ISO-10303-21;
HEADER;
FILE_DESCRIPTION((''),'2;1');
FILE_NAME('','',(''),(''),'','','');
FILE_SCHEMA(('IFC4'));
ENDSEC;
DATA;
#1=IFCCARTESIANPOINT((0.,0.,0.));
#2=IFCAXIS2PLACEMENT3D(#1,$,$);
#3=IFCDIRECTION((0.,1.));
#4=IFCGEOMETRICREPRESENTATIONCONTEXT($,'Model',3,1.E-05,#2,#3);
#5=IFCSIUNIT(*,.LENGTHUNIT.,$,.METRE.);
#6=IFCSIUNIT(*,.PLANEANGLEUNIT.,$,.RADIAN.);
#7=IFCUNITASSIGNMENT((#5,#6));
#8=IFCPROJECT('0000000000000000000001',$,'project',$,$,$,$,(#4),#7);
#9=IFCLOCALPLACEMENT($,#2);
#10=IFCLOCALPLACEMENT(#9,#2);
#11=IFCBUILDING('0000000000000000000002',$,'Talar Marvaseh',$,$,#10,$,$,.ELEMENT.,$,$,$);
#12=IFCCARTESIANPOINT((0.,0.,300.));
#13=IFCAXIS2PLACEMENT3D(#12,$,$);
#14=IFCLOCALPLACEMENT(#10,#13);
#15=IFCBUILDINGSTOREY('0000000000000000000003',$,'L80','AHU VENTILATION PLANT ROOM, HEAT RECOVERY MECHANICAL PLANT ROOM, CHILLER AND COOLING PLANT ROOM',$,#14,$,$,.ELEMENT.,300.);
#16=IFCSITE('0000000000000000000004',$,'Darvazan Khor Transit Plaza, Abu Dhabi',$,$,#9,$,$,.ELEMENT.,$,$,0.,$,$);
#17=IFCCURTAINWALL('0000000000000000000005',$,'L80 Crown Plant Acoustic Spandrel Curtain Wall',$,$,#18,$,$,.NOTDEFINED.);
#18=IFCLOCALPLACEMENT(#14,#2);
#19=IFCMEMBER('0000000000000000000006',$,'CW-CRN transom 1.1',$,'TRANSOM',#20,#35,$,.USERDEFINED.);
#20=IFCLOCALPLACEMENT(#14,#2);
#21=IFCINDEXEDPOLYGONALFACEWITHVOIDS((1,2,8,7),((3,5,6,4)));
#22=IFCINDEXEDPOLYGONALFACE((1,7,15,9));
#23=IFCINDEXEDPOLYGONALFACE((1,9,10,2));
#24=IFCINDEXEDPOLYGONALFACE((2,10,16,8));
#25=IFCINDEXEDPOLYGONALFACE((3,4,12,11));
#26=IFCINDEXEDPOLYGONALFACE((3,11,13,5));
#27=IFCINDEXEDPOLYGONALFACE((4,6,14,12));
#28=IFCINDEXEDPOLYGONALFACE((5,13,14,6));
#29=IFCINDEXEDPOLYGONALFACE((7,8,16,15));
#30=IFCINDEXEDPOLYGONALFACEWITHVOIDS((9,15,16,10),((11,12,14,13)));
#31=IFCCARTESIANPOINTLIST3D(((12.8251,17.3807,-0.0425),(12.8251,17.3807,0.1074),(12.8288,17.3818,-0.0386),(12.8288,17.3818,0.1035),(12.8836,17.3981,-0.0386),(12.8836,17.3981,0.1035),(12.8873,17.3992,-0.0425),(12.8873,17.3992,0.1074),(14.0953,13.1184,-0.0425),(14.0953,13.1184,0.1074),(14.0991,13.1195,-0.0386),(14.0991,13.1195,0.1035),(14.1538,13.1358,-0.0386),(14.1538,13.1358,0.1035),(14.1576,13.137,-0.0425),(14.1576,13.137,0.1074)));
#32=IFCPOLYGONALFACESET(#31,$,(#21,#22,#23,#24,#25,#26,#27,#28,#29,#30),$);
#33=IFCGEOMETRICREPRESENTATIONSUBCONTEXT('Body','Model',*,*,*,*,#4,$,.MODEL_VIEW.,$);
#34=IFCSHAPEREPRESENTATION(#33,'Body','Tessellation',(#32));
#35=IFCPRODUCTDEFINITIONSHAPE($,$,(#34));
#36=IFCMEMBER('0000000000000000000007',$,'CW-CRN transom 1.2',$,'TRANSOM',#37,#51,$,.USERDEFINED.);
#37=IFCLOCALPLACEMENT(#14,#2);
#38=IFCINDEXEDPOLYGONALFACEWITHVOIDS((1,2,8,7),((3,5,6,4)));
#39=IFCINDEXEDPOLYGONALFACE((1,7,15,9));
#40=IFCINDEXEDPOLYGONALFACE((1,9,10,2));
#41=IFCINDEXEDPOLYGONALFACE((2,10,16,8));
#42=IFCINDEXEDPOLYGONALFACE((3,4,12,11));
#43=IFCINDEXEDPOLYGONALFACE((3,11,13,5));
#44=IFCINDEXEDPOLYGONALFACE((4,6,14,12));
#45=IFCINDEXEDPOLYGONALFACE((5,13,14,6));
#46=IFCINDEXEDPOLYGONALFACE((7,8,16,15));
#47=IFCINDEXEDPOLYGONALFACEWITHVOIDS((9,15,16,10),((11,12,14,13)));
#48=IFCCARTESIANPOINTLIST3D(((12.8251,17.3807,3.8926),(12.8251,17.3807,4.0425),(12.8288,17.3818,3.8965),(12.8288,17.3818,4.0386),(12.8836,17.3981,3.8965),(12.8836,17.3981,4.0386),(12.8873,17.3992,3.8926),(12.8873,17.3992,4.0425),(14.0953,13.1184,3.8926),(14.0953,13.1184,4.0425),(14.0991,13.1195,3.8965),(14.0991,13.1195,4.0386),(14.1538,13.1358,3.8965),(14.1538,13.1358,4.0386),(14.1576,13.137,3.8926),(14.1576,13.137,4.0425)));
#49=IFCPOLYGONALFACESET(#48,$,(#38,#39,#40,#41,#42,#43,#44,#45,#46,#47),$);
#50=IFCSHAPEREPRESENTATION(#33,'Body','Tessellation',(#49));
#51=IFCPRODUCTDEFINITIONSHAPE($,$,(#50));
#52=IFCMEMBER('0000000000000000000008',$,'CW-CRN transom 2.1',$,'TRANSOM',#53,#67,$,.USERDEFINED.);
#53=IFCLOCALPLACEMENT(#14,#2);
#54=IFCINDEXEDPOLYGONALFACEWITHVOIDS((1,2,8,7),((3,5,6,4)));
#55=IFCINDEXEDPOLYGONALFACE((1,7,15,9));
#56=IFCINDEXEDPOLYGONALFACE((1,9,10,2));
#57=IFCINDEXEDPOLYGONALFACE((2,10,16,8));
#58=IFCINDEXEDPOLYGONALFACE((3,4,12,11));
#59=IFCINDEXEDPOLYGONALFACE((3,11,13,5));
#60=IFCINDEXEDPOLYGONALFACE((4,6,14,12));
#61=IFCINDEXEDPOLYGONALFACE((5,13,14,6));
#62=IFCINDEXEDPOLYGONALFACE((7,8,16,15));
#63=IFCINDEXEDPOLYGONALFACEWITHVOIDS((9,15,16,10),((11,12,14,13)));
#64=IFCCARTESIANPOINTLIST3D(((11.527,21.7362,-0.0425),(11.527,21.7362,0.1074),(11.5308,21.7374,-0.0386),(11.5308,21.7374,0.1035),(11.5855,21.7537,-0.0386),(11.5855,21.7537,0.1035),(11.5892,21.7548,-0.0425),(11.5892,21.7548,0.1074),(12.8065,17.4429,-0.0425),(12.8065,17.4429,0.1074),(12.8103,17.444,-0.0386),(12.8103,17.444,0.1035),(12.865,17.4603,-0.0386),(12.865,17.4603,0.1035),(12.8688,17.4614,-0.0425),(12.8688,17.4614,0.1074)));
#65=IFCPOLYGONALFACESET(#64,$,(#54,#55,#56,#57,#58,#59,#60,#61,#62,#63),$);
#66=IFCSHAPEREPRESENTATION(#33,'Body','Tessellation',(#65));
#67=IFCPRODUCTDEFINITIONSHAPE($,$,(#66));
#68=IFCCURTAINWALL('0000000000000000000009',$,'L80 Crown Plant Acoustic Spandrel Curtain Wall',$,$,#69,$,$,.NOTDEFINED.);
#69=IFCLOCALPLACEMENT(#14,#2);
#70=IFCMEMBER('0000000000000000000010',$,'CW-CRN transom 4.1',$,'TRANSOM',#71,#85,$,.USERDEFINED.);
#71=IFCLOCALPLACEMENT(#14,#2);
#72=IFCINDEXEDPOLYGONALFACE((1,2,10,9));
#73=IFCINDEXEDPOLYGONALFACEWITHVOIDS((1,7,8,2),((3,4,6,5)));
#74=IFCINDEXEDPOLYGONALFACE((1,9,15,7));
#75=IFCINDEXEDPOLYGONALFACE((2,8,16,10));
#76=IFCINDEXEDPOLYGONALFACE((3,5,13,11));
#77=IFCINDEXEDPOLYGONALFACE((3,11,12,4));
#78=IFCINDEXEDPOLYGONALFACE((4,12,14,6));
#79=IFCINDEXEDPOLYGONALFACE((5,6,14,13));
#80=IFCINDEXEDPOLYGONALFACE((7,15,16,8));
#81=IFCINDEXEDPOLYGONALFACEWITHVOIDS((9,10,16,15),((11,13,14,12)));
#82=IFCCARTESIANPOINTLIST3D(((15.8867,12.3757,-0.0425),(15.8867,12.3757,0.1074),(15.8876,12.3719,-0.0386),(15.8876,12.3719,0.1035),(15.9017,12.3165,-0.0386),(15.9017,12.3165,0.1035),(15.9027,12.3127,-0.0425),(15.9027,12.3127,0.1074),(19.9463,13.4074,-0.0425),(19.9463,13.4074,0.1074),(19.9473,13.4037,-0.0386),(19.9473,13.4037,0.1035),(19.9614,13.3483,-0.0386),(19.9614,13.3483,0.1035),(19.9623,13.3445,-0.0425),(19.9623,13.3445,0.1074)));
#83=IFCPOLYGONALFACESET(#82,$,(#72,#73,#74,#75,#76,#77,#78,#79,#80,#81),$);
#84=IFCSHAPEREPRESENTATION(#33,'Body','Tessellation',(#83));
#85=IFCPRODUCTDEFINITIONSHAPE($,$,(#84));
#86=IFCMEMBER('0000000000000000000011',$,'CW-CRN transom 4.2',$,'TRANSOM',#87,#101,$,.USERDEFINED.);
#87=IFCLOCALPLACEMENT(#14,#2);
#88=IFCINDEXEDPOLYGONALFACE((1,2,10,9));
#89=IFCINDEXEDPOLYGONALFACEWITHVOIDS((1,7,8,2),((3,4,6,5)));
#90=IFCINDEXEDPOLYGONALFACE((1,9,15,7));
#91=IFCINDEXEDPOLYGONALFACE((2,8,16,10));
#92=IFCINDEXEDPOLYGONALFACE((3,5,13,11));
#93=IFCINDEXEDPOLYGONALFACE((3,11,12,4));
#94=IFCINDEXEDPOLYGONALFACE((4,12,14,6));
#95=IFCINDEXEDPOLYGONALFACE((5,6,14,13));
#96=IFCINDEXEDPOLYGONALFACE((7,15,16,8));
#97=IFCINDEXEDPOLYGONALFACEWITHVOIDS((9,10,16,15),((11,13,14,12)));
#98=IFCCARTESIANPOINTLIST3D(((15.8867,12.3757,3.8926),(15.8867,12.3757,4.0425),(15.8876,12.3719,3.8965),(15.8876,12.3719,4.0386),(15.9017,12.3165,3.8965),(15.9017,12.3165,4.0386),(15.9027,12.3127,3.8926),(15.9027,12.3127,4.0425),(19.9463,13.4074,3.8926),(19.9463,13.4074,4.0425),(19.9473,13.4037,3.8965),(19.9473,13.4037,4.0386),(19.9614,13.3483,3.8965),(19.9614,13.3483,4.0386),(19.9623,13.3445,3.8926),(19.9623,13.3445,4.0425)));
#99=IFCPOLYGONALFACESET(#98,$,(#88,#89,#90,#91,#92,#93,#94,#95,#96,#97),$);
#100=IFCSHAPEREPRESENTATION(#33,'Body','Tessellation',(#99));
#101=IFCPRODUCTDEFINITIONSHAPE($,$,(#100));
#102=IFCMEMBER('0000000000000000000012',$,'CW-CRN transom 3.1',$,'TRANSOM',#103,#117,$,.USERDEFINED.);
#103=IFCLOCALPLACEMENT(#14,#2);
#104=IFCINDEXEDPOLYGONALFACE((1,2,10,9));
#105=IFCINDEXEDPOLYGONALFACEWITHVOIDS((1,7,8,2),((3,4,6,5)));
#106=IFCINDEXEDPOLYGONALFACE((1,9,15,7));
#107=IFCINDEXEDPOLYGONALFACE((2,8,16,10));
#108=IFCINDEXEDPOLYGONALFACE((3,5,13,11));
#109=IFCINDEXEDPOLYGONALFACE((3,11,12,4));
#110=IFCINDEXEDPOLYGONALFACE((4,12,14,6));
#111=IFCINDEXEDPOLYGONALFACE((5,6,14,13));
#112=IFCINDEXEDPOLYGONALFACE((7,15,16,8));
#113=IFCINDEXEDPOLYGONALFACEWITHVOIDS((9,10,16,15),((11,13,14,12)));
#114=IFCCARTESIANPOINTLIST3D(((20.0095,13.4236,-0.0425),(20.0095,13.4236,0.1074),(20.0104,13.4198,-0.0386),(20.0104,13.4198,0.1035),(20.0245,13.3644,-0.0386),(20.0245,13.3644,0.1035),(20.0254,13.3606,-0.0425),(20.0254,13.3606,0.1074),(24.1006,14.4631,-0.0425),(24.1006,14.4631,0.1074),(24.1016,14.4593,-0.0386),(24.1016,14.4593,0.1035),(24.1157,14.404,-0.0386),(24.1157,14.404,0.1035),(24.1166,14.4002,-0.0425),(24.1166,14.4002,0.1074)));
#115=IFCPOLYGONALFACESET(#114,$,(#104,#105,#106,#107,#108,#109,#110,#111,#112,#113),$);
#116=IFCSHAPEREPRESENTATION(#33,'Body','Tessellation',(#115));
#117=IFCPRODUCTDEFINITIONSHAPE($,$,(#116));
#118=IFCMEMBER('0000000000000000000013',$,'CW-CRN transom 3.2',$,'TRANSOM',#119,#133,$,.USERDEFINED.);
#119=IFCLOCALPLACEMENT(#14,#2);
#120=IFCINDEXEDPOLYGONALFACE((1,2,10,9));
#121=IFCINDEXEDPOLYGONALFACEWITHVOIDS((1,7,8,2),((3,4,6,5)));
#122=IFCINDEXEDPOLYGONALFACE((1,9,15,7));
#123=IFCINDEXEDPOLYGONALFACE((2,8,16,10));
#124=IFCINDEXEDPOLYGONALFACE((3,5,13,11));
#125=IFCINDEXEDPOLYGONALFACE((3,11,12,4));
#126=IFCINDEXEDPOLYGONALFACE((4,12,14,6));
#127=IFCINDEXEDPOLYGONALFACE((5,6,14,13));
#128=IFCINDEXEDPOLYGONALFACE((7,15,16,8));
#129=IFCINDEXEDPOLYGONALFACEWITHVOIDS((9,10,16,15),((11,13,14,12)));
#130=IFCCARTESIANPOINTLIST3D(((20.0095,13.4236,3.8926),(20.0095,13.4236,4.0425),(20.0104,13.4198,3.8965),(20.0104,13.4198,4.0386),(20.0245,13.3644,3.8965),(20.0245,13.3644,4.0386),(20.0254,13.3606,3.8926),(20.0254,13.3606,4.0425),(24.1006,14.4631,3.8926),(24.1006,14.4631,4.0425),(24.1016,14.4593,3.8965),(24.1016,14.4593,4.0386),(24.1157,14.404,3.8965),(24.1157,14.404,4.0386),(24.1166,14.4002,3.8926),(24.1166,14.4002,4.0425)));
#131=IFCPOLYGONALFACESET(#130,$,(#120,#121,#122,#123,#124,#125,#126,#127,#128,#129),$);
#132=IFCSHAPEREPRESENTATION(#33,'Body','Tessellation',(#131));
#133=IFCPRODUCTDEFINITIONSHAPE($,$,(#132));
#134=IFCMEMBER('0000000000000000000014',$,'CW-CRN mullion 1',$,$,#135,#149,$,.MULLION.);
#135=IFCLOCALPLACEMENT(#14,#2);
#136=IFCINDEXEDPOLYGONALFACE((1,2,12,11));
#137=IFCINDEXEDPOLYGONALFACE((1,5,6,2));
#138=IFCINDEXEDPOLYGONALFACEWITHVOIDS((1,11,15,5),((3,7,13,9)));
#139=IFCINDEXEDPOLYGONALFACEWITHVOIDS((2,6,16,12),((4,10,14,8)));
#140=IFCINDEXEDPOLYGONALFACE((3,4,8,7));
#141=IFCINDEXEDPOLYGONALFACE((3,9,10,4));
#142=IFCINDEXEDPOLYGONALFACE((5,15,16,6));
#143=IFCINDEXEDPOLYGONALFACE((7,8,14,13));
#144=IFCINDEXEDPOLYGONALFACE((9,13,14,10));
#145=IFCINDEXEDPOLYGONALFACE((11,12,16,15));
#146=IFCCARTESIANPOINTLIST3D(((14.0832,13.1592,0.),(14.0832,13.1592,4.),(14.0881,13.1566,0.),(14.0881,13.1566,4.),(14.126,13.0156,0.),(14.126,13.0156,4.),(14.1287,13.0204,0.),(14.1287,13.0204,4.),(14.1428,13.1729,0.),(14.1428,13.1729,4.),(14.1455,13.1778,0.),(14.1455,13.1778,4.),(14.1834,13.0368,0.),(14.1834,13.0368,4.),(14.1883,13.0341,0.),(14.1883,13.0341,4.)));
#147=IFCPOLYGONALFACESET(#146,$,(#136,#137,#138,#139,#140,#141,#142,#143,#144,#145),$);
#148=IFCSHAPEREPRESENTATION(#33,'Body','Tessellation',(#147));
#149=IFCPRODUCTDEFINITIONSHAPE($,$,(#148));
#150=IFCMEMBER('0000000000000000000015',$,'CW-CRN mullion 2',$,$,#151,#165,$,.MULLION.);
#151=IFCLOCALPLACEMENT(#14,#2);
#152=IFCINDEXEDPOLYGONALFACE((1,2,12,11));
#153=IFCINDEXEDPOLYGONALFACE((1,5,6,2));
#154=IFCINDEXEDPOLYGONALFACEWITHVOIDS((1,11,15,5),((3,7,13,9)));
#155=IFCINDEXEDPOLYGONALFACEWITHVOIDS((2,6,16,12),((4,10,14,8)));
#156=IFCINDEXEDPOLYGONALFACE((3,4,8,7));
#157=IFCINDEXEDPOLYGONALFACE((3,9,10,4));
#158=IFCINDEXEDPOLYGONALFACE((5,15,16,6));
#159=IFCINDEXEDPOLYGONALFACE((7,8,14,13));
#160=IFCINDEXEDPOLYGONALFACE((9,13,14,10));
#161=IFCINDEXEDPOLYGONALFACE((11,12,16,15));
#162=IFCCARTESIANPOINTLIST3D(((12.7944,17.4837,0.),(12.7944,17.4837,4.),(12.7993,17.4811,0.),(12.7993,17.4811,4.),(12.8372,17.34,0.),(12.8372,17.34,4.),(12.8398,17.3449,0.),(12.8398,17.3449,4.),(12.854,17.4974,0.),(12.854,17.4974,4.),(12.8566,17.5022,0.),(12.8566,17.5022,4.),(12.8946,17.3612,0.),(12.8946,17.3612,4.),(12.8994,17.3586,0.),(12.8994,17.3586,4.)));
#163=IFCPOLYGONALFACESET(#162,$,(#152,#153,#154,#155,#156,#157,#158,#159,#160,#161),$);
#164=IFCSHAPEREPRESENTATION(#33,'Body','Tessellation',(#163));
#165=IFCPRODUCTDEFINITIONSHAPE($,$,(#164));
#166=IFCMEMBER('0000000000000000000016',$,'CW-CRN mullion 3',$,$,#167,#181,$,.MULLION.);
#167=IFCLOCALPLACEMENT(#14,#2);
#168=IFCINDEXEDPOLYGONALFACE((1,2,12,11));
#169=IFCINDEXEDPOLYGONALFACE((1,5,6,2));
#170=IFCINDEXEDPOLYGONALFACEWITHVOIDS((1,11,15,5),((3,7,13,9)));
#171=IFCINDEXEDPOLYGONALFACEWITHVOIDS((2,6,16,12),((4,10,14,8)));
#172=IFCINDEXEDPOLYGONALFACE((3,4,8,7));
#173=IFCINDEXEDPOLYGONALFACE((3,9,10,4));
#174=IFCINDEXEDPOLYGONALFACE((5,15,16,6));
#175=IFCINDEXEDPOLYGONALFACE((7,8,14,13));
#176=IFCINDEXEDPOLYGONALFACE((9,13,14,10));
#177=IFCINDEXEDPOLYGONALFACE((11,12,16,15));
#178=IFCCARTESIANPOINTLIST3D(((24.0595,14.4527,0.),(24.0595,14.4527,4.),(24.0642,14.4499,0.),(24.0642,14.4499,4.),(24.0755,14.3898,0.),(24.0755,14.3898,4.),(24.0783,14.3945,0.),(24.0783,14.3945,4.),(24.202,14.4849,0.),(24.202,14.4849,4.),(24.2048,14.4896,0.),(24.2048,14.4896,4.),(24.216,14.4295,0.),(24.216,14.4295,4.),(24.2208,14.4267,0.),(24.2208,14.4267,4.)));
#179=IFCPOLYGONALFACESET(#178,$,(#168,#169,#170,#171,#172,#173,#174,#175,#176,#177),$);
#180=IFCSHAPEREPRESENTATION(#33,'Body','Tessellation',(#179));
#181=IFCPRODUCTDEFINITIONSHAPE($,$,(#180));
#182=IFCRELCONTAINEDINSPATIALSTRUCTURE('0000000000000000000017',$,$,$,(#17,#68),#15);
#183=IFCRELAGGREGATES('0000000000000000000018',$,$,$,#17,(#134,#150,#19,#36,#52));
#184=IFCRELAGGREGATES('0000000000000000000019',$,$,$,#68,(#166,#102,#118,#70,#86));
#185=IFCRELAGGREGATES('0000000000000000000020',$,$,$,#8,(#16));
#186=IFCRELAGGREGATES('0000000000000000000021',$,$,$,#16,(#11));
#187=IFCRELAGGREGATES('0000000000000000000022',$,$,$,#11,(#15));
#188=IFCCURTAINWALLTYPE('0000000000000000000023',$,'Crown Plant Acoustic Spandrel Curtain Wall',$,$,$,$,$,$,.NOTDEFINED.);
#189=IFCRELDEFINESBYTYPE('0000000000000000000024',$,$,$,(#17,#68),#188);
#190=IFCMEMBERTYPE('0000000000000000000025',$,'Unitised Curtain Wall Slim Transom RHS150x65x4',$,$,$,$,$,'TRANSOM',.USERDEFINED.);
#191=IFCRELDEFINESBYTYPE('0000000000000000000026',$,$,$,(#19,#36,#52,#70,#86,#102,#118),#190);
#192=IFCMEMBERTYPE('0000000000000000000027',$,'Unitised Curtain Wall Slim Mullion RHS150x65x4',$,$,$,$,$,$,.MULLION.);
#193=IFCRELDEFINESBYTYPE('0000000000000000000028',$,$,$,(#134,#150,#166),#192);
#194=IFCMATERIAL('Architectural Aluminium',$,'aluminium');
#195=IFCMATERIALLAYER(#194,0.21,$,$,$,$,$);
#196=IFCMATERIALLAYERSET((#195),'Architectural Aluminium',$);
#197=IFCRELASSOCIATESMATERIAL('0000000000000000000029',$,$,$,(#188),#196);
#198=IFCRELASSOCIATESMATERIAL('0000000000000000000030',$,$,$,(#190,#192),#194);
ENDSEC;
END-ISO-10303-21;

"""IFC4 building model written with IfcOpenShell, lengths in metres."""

from ifc_helpers import new_model, si_unit, direction, frame, origin, origin_2d, place, context, subcontext, project, spatial, hollow_rectangle, extrude, source, transform, mapped, material, layer, layer_set, material_profile, profile_set, type_object, type_shapes, element, aggregate, save


model = new_model("IFC4")

# Units and contexts
model_context = context("Model", 3, precision=1e-05, world=origin(), true_north=direction((0.0, 1.0)))
body_context = subcontext(model_context, "Body", "Model", "MODEL_VIEW")
ifc_project = project(units=[si_unit("LENGTHUNIT", "METRE"), si_unit("PLANEANGLEUNIT", "RADIAN")], contexts=[model_context])

# Site, building, storey
site_placement = place(None, origin())
site = spatial("IfcSite", under=ifc_project, at=site_placement, Name="Darvazan Khor Transit Plaza, Abu Dhabi", CompositionType="ELEMENT", RefElevation=0.0)
building_placement = place(site_placement, origin())
building = spatial("IfcBuilding", under=site, at=building_placement, Name="Talar Marvaseh", CompositionType="ELEMENT")
storey_placement = place(building_placement, frame((0.0, 0.0, 300.0)))
storey = spatial("IfcBuildingStorey", under=building, at=storey_placement, Name="L80", Description="AHU VENTILATION PLANT ROOM, HEAT RECOVERY MECHANICAL PLANT ROOM, CHILLER AND COOLING PLANT ROOM", CompositionType="ELEMENT", Elevation=300.0)

# Curtain walls, members
ifc_material_1 = material(Name="Architectural Aluminium", Category="aluminium")
ifc_layer_1 = layer(ifc_material_1, 0.21)
ifc_layer_set_1 = layer_set([ifc_layer_1], Name="Architectural Aluminium")
curtain_wall_type = type_object("IfcCurtainWallType", Name="Crown Plant Acoustic Spandrel Curtain Wall", PredefinedType="NOTDEFINED", material=ifc_layer_set_1)
curtain_wall_1_placement = place(storey_placement, origin())
curtain_wall_1 = element("IfcCurtainWall", 1, at=curtain_wall_1_placement, inside=storey, type_object=curtain_wall_type, Name="L80 Crown Plant Acoustic Spandrel Curtain Wall", PredefinedType="NOTDEFINED")
ifc_material_profile_1 = material_profile(ifc_material_1, hollow_rectangle(XDim=0.0649, YDim=0.1499, WallThickness=0.0039, at=origin_2d()), Name="RHS150x65x4")
ifc_profile_set_1 = profile_set([ifc_material_profile_1], Name="Architectural Aluminium")
member_type_1 = type_object("IfcMemberType", Name="Unitised Curtain Wall Slim Transom RHS150x65x4", ElementType="TRANSOM", PredefinedType="USERDEFINED", material=ifc_profile_set_1)
shared_shape_1 = source(origin(), body_context, "Body", "SweptSolid", [
    extrude(hollow_rectangle(XDim=0.0649, YDim=0.1499, WallThickness=0.0039, at=origin_2d()), origin(), (0.0, 0.0, 1.0), 4.4475),
])
member_1_placement = place(storey_placement, frame((14.1265, 13.1277, 0.0325), z_axis=(-0.285615, 0.958344, 0.0), x_axis=(-0.958344, -0.285615, 0.0)))
member_1 = element("IfcMember", 2, at=member_1_placement, type_object=member_type_1, Name="CW-CRN transom 1.1", ObjectType="TRANSOM", PredefinedType="USERDEFINED", context=body_context, shape_type="MappedRepresentation", body=[
    mapped(shared_shape_1, transform((0.0, 0.0, 0.0), x_axis=(1.0, 0.0, 0.0), y_axis=(0.0, 1.0, 0.0), z_axis=(0.0, 0.0, 1.0), scale=1.0)),
])
member_2_placement = place(storey_placement, frame((14.1265, 13.1277, 3.9675), z_axis=(-0.285615, 0.958344, 0.0), x_axis=(-0.958344, -0.285615, 0.0)))
member_2 = element("IfcMember", 3, at=member_2_placement, type_object=member_type_1, Name="CW-CRN transom 1.2", ObjectType="TRANSOM", PredefinedType="USERDEFINED", context=body_context, shape_type="MappedRepresentation", body=[
    mapped(shared_shape_1, transform((0.0, 0.0, 0.0), x_axis=(1.0, 0.0, 0.0), y_axis=(0.0, 1.0, 0.0), z_axis=(0.0, 0.0, 1.0), scale=1.0)),
])
shared_shape_2 = source(origin(), body_context, "Body", "SweptSolid", [
    extrude(hollow_rectangle(XDim=0.0649, YDim=0.1499, WallThickness=0.0039, at=origin_2d()), origin(), (0.0, 0.0, 1.0), 4.48),
])
member_3_placement = place(storey_placement, frame((12.8376, 17.4521, 0.0325), z_axis=(-0.285608, 0.958347, 0.0), x_axis=(-0.958347, -0.285608, 0.0)))
member_3 = element("IfcMember", 4, at=member_3_placement, type_object=member_type_1, Name="CW-CRN transom 2.1", ObjectType="TRANSOM", PredefinedType="USERDEFINED", context=body_context, shape_type="MappedRepresentation", body=[
    mapped(shared_shape_2, transform((0.0, 0.0, 0.0), x_axis=(1.0, 0.0, 0.0), y_axis=(0.0, 1.0, 0.0), z_axis=(0.0, 0.0, 1.0), scale=1.0)),
])
curtain_wall_2_placement = place(storey_placement, origin())
curtain_wall_2 = element("IfcCurtainWall", 5, at=curtain_wall_2_placement, inside=storey, type_object=curtain_wall_type, Name="L80 Crown Plant Acoustic Spandrel Curtain Wall", PredefinedType="NOTDEFINED")
shared_shape_3 = source(origin(), body_context, "Body", "SweptSolid", [
    extrude(hollow_rectangle(XDim=0.0649, YDim=0.1499, WallThickness=0.0039, at=origin_2d()), origin(), (0.0, 0.0, 1.0), 4.1887),
])
member_4_placement = place(storey_placement, frame((19.9543, 13.376, 0.0325), z_axis=(-0.969189, -0.246319, 0.0), x_axis=(0.246319, -0.969189, 0.0)))
member_4 = element("IfcMember", 6, at=member_4_placement, type_object=member_type_1, Name="CW-CRN transom 4.1", ObjectType="TRANSOM", PredefinedType="USERDEFINED", context=body_context, shape_type="MappedRepresentation", body=[
    mapped(shared_shape_3, transform((0.0, 0.0, 0.0), x_axis=(1.0, 0.0, 0.0), y_axis=(0.0, 1.0, 0.0), z_axis=(0.0, 0.0, 1.0), scale=1.0)),
])
member_5_placement = place(storey_placement, frame((19.9543, 13.376, 3.9675), z_axis=(-0.969189, -0.246319, 0.0), x_axis=(0.246319, -0.969189, 0.0)))
member_5 = element("IfcMember", 7, at=member_5_placement, type_object=member_type_1, Name="CW-CRN transom 4.2", ObjectType="TRANSOM", PredefinedType="USERDEFINED", context=body_context, shape_type="MappedRepresentation", body=[
    mapped(shared_shape_3, transform((0.0, 0.0, 0.0), x_axis=(1.0, 0.0, 0.0), y_axis=(0.0, 1.0, 0.0), z_axis=(0.0, 0.0, 1.0), scale=1.0)),
])
shared_shape_4 = source(origin(), body_context, "Body", "SweptSolid", [
    extrude(hollow_rectangle(XDim=0.0649, YDim=0.1499, WallThickness=0.0039, at=origin_2d()), origin(), (0.0, 0.0, 1.0), 4.2212),
])
type_shapes(member_type_1, [shared_shape_1, shared_shape_2, shared_shape_3, shared_shape_4])
member_6_placement = place(storey_placement, frame((24.1086, 14.4316, 0.0325), z_axis=(-0.969203, -0.246263, 0.0), x_axis=(0.246263, -0.969203, 0.0)))
member_6 = element("IfcMember", 8, at=member_6_placement, type_object=member_type_1, Name="CW-CRN transom 3.1", ObjectType="TRANSOM", PredefinedType="USERDEFINED", context=body_context, shape_type="MappedRepresentation", body=[
    mapped(shared_shape_4, transform((0.0, 0.0, 0.0), x_axis=(1.0, 0.0, 0.0), y_axis=(0.0, 1.0, 0.0), z_axis=(0.0, 0.0, 1.0), scale=1.0)),
])
member_7_placement = place(storey_placement, frame((24.1086, 14.4316, 3.9675), z_axis=(-0.969203, -0.246263, 0.0), x_axis=(0.246263, -0.969203, 0.0)))
member_7 = element("IfcMember", 9, at=member_7_placement, type_object=member_type_1, Name="CW-CRN transom 3.2", ObjectType="TRANSOM", PredefinedType="USERDEFINED", context=body_context, shape_type="MappedRepresentation", body=[
    mapped(shared_shape_4, transform((0.0, 0.0, 0.0), x_axis=(1.0, 0.0, 0.0), y_axis=(0.0, 1.0, 0.0), z_axis=(0.0, 0.0, 1.0), scale=1.0)),
])

# Members
ifc_material_profile_2 = material_profile(ifc_material_1, hollow_rectangle(XDim=0.0649, YDim=0.1499, WallThickness=0.0039, at=origin_2d()), Name="RHS150x65x4")
ifc_profile_set_2 = profile_set([ifc_material_profile_2], Name="Architectural Aluminium")
member_type_2 = type_object("IfcMemberType", Name="Unitised Curtain Wall Slim Mullion RHS150x65x4", PredefinedType="MULLION", material=ifc_profile_set_2)
shared_shape_5 = source(origin(), body_context, "Body", "SweptSolid", [
    extrude(hollow_rectangle(XDim=0.0649, YDim=0.1499, WallThickness=0.0039, at=origin_2d()), origin(), (0.0, 0.0, 1.0), 4.0),
])
type_shapes(member_type_2, [shared_shape_5])
member_8_placement = place(storey_placement, frame((14.1357, 13.0967, 0.0), z_axis=(0.0, 0.0, 1.0), x_axis=(-0.958342, -0.285624, 0.0)))
member_8 = element("IfcMember", 10, at=member_8_placement, type_object=member_type_2, Name="CW-CRN mullion 1", PredefinedType="MULLION", context=body_context, shape_type="MappedRepresentation", body=[
    mapped(shared_shape_5, transform((0.0, 0.0, 0.0), x_axis=(1.0, 0.0, 0.0), y_axis=(0.0, 1.0, 0.0), z_axis=(0.0, 0.0, 1.0), scale=1.0)),
])
member_9_placement = place(storey_placement, frame((12.8469, 17.4211, 0.0), z_axis=(0.0, 0.0, 1.0), x_axis=(-0.958342, -0.285624, 0.0)))
member_9 = element("IfcMember", 11, at=member_9_placement, type_object=member_type_2, Name="CW-CRN mullion 2", PredefinedType="MULLION", context=body_context, shape_type="MappedRepresentation", body=[
    mapped(shared_shape_5, transform((0.0, 0.0, 0.0), x_axis=(1.0, 0.0, 0.0), y_axis=(0.0, 1.0, 0.0), z_axis=(0.0, 0.0, 1.0), scale=1.0)),
])
member_10_placement = place(storey_placement, frame((24.1401, 14.4397, 0.0), z_axis=(0.0, 0.0, 1.0), x_axis=(0.246304, -0.969193, 0.0)))
member_10 = element("IfcMember", 12, at=member_10_placement, type_object=member_type_2, Name="CW-CRN mullion 3", PredefinedType="MULLION", context=body_context, shape_type="MappedRepresentation", body=[
    mapped(shared_shape_5, transform((0.0, 0.0, 0.0), x_axis=(1.0, 0.0, 0.0), y_axis=(0.0, 1.0, 0.0), z_axis=(0.0, 0.0, 1.0), scale=1.0)),
])

aggregate(curtain_wall_1, [member_8, member_9, member_1, member_2, member_3])
aggregate(curtain_wall_2, [member_10, member_6, member_7, member_4, member_5])

save(model, "model.ifc")
